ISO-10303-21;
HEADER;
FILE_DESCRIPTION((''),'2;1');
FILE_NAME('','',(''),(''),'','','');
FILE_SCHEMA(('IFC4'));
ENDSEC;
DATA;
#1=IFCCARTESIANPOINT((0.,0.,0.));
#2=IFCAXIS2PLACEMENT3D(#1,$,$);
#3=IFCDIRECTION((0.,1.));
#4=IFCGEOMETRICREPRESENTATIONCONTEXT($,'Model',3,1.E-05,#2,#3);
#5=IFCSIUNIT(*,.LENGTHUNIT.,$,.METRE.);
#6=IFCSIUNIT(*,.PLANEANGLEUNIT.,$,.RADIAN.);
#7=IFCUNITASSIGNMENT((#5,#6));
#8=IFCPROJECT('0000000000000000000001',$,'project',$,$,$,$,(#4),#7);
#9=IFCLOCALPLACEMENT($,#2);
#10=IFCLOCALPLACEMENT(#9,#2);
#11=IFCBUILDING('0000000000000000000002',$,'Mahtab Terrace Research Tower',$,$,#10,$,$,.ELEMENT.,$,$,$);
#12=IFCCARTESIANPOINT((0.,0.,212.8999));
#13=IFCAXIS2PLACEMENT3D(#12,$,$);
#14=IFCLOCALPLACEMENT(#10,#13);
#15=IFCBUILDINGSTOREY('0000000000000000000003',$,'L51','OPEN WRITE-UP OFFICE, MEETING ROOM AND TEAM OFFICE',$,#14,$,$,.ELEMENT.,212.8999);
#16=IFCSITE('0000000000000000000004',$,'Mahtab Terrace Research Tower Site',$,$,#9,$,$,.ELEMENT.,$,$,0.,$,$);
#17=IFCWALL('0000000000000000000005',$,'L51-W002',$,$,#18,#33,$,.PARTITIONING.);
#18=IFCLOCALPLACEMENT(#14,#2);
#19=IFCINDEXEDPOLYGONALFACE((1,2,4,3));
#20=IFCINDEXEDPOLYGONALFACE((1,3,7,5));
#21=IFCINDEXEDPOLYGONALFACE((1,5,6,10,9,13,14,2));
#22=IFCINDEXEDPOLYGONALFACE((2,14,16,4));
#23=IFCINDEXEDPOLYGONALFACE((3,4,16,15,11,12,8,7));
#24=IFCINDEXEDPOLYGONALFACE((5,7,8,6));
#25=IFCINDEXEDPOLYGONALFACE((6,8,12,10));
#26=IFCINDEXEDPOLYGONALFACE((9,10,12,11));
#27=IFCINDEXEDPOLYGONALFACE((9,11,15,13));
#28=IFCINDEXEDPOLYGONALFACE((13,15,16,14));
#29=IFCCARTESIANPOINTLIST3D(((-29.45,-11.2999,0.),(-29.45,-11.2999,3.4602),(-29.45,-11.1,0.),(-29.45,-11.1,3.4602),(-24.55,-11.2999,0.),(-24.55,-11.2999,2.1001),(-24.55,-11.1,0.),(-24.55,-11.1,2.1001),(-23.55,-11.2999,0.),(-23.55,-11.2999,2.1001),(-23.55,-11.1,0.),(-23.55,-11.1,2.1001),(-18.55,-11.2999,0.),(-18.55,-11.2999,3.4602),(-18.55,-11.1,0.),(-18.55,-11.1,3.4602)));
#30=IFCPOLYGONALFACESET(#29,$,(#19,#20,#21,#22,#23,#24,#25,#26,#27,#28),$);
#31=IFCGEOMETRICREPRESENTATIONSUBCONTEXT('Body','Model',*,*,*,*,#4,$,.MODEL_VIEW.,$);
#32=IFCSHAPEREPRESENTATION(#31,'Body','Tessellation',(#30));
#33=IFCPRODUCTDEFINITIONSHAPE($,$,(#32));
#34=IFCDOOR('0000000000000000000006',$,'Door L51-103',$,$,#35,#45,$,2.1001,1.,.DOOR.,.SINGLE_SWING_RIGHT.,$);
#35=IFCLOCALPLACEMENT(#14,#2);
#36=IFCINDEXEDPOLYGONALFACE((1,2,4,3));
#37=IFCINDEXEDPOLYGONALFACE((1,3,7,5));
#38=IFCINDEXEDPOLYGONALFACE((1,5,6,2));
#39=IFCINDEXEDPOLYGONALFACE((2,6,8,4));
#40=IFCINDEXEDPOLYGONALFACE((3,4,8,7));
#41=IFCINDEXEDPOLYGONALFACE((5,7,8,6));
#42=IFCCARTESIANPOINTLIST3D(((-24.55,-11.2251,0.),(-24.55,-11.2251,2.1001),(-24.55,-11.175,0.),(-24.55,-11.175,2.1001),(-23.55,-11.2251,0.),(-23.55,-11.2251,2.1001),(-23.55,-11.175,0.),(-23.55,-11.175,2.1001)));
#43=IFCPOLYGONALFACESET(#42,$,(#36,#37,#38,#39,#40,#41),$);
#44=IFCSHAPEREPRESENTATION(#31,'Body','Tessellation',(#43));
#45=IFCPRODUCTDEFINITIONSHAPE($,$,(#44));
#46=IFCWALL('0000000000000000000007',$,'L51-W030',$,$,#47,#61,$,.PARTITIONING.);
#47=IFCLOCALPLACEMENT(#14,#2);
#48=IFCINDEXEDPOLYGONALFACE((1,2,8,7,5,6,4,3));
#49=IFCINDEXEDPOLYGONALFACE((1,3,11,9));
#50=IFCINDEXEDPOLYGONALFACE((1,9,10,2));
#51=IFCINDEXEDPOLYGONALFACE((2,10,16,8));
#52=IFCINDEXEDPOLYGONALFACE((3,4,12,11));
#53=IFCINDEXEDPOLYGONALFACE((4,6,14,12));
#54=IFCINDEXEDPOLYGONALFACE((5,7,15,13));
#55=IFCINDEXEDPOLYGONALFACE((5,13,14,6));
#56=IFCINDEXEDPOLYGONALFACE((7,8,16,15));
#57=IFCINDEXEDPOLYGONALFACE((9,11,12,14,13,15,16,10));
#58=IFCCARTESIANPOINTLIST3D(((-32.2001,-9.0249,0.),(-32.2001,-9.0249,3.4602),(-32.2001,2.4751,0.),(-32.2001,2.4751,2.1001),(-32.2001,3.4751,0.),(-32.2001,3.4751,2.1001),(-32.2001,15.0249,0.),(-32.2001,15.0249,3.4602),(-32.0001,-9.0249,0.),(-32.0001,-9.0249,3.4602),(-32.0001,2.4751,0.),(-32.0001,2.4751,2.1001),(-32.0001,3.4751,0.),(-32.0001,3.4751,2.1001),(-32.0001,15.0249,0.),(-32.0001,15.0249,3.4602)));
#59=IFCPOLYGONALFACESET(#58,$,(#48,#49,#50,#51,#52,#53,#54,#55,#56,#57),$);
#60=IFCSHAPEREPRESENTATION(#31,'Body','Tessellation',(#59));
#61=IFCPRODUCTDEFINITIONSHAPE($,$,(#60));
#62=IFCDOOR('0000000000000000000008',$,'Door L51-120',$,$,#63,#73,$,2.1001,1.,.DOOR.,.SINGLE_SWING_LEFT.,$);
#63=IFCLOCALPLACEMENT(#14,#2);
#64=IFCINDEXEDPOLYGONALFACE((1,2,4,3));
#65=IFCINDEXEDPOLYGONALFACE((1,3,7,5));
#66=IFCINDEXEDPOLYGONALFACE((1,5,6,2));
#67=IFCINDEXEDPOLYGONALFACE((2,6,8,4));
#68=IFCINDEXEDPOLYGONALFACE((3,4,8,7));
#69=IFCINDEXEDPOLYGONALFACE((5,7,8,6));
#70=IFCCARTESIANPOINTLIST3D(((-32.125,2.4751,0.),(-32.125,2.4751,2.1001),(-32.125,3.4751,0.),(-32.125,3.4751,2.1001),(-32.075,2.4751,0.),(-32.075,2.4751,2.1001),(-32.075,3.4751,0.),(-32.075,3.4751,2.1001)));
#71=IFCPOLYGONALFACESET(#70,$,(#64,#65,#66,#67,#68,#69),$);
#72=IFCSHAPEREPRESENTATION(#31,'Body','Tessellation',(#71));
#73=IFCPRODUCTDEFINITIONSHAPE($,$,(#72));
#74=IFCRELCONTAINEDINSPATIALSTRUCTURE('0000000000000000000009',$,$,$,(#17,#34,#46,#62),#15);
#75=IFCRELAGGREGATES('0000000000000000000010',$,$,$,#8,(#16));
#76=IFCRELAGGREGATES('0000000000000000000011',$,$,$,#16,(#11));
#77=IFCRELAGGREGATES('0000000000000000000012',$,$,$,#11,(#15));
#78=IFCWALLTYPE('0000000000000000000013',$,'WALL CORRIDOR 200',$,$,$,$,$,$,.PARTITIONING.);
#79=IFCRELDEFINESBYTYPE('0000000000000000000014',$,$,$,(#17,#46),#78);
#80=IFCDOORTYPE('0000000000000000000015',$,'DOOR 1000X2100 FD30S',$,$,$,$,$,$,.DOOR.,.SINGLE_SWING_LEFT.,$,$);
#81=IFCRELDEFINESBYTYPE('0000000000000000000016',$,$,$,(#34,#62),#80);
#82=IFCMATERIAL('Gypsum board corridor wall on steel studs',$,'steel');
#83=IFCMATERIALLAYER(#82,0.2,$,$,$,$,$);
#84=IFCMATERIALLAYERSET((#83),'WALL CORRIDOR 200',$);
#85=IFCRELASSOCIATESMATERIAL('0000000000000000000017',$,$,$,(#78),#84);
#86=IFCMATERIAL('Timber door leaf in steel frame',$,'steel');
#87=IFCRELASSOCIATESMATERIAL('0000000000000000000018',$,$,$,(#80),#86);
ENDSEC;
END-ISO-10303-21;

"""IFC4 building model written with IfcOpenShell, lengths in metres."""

from ifc_helpers import new_model, si_unit, direction, frame, frame_2d, origin, place, context, subcontext, project, spatial, rectangle, extrude, material, layer, layer_set, type_object, element, fill, save


model = new_model("IFC4")

# Units and contexts
model_context = context("Model", 3, precision=1e-05, world=origin(), true_north=direction((0.0, 1.0)))
body_context = subcontext(model_context, "Body", "Model", "MODEL_VIEW")
ifc_project = project(units=[si_unit("LENGTHUNIT", "METRE"), si_unit("PLANEANGLEUNIT", "RADIAN")], contexts=[model_context])

# Site, building, storey
site_placement = place(None, origin())
site = spatial("IfcSite", under=ifc_project, at=site_placement, Name="Mahtab Terrace Research Tower Site", CompositionType="ELEMENT", RefElevation=0.0)
building_placement = place(site_placement, origin())
building = spatial("IfcBuilding", under=site, at=building_placement, Name="Mahtab Terrace Research Tower", CompositionType="ELEMENT")
storey_placement = place(building_placement, frame((0.0, 0.0, 212.8999)))
storey = spatial("IfcBuildingStorey", under=building, at=storey_placement, Name="L51", Description="OPEN WRITE-UP OFFICE, MEETING ROOM AND TEAM OFFICE", CompositionType="ELEMENT", Elevation=212.8999)

# Shared definitions
ifc_material_1 = material(Name="Gypsum board corridor wall on steel studs", Category="steel")
ifc_layer_1 = layer(ifc_material_1, 0.2)
ifc_layer_set_1 = layer_set([ifc_layer_1], Name="WALL CORRIDOR 200")
wall_type_1 = type_object("IfcWallType", Name="WALL CORRIDOR 200", PredefinedType="PARTITIONING", material=ifc_layer_set_1)
ifc_material_2 = material(Name="Timber door leaf in steel frame", Category="steel")
door_type_1 = type_object("IfcDoorType", Name="DOOR 1000X2100 FD30S", OperationType="SINGLE_SWING_LEFT", PredefinedType="DOOR", material=ifc_material_2)

# Walls, openings, doors
wall_1_placement = place(storey_placement, frame((-29.45, -11.2, 0.0), z_axis=(0.0, 0.0, 1.0), x_axis=(1.0, 0.0, 0.0)))
wall_1 = element("IfcWall", 1, at=wall_1_placement, inside=storey, type_object=wall_type_1, Name="L51-W002", PredefinedType="PARTITIONING", context=body_context, shape_type="SweptSolid", body=[
    extrude(rectangle(XDim=10.8999, YDim=0.2, at=frame_2d((5.45, 0.0))), origin(), (0.0, 0.0, 1.0), 3.4602),
])
opening_1_placement = place(wall_1_placement, frame((4.8999, 0.0, 0.0)))
opening_1 = element("IfcOpeningElement", 2, at=opening_1_placement, cuts=wall_1, PredefinedType="OPENING", context=body_context, shape_type="SweptSolid", body=[
    extrude(rectangle(XDim=1.0, YDim=2.1001, at=frame_2d((0.5, 1.05))), frame((0.0, 0.1099, 0.0), z_axis=(0.0, -1.0, 0.0), x_axis=(1.0, 0.0, 0.0)), (0.0, 0.0, 1.0), 0.22),
])
door_1_placement = place(opening_1_placement, origin())
door_1 = element("IfcDoor", 3, at=door_1_placement, inside=storey, type_object=door_type_1, Name="Door L51-103", OperationType="SINGLE_SWING_RIGHT", OverallHeight=2.1001, OverallWidth=1.0, PredefinedType="DOOR", context=body_context, shape_type="SweptSolid", body=[
    extrude(rectangle(XDim=1.0, YDim=2.1001, at=frame_2d((0.5, 1.05))), frame((0.0, 0.0249, 0.0), z_axis=(0.0, -1.0, 0.0), x_axis=(1.0, 0.0, 0.0)), (0.0, 0.0, 1.0), 0.05),
])
fill(opening_1, door_1)
wall_2_placement = place(storey_placement, frame((-32.1001, -9.0249, 0.0), z_axis=(0.0, 0.0, 1.0), x_axis=(0.0, 1.0, 0.0)))
wall_2 = element("IfcWall", 4, at=wall_2_placement, inside=storey, type_object=wall_type_1, Name="L51-W030", PredefinedType="PARTITIONING", context=body_context, shape_type="SweptSolid", body=[
    extrude(rectangle(XDim=24.0498, YDim=0.2, at=frame_2d((12.0249, 0.0))), origin(), (0.0, 0.0, 1.0), 3.4602),
])
opening_2_placement = place(wall_2_placement, frame((11.5, 0.0, 0.0)))
opening_2 = element("IfcOpeningElement", 5, at=opening_2_placement, cuts=wall_2, PredefinedType="OPENING", context=body_context, shape_type="SweptSolid", body=[
    extrude(rectangle(XDim=1.0, YDim=2.1001, at=frame_2d((0.5, 1.05))), frame((0.0, 0.1099, 0.0), z_axis=(0.0, -1.0, 0.0), x_axis=(1.0, 0.0, 0.0)), (0.0, 0.0, 1.0), 0.22),
])
door_2_placement = place(opening_2_placement, origin())
door_2 = element("IfcDoor", 6, at=door_2_placement, inside=storey, type_object=door_type_1, Name="Door L51-120", OperationType="SINGLE_SWING_LEFT", OverallHeight=2.1001, OverallWidth=1.0, PredefinedType="DOOR", context=body_context, shape_type="SweptSolid", body=[
    extrude(rectangle(XDim=1.0, YDim=2.1001, at=frame_2d((0.5, 1.05))), frame((0.0, 0.0249, 0.0), z_axis=(0.0, -1.0, 0.0), x_axis=(1.0, 0.0, 0.0)), (0.0, 0.0, 1.0), 0.05),
])
fill(opening_2, door_2)

save(model, "model.ifc")
